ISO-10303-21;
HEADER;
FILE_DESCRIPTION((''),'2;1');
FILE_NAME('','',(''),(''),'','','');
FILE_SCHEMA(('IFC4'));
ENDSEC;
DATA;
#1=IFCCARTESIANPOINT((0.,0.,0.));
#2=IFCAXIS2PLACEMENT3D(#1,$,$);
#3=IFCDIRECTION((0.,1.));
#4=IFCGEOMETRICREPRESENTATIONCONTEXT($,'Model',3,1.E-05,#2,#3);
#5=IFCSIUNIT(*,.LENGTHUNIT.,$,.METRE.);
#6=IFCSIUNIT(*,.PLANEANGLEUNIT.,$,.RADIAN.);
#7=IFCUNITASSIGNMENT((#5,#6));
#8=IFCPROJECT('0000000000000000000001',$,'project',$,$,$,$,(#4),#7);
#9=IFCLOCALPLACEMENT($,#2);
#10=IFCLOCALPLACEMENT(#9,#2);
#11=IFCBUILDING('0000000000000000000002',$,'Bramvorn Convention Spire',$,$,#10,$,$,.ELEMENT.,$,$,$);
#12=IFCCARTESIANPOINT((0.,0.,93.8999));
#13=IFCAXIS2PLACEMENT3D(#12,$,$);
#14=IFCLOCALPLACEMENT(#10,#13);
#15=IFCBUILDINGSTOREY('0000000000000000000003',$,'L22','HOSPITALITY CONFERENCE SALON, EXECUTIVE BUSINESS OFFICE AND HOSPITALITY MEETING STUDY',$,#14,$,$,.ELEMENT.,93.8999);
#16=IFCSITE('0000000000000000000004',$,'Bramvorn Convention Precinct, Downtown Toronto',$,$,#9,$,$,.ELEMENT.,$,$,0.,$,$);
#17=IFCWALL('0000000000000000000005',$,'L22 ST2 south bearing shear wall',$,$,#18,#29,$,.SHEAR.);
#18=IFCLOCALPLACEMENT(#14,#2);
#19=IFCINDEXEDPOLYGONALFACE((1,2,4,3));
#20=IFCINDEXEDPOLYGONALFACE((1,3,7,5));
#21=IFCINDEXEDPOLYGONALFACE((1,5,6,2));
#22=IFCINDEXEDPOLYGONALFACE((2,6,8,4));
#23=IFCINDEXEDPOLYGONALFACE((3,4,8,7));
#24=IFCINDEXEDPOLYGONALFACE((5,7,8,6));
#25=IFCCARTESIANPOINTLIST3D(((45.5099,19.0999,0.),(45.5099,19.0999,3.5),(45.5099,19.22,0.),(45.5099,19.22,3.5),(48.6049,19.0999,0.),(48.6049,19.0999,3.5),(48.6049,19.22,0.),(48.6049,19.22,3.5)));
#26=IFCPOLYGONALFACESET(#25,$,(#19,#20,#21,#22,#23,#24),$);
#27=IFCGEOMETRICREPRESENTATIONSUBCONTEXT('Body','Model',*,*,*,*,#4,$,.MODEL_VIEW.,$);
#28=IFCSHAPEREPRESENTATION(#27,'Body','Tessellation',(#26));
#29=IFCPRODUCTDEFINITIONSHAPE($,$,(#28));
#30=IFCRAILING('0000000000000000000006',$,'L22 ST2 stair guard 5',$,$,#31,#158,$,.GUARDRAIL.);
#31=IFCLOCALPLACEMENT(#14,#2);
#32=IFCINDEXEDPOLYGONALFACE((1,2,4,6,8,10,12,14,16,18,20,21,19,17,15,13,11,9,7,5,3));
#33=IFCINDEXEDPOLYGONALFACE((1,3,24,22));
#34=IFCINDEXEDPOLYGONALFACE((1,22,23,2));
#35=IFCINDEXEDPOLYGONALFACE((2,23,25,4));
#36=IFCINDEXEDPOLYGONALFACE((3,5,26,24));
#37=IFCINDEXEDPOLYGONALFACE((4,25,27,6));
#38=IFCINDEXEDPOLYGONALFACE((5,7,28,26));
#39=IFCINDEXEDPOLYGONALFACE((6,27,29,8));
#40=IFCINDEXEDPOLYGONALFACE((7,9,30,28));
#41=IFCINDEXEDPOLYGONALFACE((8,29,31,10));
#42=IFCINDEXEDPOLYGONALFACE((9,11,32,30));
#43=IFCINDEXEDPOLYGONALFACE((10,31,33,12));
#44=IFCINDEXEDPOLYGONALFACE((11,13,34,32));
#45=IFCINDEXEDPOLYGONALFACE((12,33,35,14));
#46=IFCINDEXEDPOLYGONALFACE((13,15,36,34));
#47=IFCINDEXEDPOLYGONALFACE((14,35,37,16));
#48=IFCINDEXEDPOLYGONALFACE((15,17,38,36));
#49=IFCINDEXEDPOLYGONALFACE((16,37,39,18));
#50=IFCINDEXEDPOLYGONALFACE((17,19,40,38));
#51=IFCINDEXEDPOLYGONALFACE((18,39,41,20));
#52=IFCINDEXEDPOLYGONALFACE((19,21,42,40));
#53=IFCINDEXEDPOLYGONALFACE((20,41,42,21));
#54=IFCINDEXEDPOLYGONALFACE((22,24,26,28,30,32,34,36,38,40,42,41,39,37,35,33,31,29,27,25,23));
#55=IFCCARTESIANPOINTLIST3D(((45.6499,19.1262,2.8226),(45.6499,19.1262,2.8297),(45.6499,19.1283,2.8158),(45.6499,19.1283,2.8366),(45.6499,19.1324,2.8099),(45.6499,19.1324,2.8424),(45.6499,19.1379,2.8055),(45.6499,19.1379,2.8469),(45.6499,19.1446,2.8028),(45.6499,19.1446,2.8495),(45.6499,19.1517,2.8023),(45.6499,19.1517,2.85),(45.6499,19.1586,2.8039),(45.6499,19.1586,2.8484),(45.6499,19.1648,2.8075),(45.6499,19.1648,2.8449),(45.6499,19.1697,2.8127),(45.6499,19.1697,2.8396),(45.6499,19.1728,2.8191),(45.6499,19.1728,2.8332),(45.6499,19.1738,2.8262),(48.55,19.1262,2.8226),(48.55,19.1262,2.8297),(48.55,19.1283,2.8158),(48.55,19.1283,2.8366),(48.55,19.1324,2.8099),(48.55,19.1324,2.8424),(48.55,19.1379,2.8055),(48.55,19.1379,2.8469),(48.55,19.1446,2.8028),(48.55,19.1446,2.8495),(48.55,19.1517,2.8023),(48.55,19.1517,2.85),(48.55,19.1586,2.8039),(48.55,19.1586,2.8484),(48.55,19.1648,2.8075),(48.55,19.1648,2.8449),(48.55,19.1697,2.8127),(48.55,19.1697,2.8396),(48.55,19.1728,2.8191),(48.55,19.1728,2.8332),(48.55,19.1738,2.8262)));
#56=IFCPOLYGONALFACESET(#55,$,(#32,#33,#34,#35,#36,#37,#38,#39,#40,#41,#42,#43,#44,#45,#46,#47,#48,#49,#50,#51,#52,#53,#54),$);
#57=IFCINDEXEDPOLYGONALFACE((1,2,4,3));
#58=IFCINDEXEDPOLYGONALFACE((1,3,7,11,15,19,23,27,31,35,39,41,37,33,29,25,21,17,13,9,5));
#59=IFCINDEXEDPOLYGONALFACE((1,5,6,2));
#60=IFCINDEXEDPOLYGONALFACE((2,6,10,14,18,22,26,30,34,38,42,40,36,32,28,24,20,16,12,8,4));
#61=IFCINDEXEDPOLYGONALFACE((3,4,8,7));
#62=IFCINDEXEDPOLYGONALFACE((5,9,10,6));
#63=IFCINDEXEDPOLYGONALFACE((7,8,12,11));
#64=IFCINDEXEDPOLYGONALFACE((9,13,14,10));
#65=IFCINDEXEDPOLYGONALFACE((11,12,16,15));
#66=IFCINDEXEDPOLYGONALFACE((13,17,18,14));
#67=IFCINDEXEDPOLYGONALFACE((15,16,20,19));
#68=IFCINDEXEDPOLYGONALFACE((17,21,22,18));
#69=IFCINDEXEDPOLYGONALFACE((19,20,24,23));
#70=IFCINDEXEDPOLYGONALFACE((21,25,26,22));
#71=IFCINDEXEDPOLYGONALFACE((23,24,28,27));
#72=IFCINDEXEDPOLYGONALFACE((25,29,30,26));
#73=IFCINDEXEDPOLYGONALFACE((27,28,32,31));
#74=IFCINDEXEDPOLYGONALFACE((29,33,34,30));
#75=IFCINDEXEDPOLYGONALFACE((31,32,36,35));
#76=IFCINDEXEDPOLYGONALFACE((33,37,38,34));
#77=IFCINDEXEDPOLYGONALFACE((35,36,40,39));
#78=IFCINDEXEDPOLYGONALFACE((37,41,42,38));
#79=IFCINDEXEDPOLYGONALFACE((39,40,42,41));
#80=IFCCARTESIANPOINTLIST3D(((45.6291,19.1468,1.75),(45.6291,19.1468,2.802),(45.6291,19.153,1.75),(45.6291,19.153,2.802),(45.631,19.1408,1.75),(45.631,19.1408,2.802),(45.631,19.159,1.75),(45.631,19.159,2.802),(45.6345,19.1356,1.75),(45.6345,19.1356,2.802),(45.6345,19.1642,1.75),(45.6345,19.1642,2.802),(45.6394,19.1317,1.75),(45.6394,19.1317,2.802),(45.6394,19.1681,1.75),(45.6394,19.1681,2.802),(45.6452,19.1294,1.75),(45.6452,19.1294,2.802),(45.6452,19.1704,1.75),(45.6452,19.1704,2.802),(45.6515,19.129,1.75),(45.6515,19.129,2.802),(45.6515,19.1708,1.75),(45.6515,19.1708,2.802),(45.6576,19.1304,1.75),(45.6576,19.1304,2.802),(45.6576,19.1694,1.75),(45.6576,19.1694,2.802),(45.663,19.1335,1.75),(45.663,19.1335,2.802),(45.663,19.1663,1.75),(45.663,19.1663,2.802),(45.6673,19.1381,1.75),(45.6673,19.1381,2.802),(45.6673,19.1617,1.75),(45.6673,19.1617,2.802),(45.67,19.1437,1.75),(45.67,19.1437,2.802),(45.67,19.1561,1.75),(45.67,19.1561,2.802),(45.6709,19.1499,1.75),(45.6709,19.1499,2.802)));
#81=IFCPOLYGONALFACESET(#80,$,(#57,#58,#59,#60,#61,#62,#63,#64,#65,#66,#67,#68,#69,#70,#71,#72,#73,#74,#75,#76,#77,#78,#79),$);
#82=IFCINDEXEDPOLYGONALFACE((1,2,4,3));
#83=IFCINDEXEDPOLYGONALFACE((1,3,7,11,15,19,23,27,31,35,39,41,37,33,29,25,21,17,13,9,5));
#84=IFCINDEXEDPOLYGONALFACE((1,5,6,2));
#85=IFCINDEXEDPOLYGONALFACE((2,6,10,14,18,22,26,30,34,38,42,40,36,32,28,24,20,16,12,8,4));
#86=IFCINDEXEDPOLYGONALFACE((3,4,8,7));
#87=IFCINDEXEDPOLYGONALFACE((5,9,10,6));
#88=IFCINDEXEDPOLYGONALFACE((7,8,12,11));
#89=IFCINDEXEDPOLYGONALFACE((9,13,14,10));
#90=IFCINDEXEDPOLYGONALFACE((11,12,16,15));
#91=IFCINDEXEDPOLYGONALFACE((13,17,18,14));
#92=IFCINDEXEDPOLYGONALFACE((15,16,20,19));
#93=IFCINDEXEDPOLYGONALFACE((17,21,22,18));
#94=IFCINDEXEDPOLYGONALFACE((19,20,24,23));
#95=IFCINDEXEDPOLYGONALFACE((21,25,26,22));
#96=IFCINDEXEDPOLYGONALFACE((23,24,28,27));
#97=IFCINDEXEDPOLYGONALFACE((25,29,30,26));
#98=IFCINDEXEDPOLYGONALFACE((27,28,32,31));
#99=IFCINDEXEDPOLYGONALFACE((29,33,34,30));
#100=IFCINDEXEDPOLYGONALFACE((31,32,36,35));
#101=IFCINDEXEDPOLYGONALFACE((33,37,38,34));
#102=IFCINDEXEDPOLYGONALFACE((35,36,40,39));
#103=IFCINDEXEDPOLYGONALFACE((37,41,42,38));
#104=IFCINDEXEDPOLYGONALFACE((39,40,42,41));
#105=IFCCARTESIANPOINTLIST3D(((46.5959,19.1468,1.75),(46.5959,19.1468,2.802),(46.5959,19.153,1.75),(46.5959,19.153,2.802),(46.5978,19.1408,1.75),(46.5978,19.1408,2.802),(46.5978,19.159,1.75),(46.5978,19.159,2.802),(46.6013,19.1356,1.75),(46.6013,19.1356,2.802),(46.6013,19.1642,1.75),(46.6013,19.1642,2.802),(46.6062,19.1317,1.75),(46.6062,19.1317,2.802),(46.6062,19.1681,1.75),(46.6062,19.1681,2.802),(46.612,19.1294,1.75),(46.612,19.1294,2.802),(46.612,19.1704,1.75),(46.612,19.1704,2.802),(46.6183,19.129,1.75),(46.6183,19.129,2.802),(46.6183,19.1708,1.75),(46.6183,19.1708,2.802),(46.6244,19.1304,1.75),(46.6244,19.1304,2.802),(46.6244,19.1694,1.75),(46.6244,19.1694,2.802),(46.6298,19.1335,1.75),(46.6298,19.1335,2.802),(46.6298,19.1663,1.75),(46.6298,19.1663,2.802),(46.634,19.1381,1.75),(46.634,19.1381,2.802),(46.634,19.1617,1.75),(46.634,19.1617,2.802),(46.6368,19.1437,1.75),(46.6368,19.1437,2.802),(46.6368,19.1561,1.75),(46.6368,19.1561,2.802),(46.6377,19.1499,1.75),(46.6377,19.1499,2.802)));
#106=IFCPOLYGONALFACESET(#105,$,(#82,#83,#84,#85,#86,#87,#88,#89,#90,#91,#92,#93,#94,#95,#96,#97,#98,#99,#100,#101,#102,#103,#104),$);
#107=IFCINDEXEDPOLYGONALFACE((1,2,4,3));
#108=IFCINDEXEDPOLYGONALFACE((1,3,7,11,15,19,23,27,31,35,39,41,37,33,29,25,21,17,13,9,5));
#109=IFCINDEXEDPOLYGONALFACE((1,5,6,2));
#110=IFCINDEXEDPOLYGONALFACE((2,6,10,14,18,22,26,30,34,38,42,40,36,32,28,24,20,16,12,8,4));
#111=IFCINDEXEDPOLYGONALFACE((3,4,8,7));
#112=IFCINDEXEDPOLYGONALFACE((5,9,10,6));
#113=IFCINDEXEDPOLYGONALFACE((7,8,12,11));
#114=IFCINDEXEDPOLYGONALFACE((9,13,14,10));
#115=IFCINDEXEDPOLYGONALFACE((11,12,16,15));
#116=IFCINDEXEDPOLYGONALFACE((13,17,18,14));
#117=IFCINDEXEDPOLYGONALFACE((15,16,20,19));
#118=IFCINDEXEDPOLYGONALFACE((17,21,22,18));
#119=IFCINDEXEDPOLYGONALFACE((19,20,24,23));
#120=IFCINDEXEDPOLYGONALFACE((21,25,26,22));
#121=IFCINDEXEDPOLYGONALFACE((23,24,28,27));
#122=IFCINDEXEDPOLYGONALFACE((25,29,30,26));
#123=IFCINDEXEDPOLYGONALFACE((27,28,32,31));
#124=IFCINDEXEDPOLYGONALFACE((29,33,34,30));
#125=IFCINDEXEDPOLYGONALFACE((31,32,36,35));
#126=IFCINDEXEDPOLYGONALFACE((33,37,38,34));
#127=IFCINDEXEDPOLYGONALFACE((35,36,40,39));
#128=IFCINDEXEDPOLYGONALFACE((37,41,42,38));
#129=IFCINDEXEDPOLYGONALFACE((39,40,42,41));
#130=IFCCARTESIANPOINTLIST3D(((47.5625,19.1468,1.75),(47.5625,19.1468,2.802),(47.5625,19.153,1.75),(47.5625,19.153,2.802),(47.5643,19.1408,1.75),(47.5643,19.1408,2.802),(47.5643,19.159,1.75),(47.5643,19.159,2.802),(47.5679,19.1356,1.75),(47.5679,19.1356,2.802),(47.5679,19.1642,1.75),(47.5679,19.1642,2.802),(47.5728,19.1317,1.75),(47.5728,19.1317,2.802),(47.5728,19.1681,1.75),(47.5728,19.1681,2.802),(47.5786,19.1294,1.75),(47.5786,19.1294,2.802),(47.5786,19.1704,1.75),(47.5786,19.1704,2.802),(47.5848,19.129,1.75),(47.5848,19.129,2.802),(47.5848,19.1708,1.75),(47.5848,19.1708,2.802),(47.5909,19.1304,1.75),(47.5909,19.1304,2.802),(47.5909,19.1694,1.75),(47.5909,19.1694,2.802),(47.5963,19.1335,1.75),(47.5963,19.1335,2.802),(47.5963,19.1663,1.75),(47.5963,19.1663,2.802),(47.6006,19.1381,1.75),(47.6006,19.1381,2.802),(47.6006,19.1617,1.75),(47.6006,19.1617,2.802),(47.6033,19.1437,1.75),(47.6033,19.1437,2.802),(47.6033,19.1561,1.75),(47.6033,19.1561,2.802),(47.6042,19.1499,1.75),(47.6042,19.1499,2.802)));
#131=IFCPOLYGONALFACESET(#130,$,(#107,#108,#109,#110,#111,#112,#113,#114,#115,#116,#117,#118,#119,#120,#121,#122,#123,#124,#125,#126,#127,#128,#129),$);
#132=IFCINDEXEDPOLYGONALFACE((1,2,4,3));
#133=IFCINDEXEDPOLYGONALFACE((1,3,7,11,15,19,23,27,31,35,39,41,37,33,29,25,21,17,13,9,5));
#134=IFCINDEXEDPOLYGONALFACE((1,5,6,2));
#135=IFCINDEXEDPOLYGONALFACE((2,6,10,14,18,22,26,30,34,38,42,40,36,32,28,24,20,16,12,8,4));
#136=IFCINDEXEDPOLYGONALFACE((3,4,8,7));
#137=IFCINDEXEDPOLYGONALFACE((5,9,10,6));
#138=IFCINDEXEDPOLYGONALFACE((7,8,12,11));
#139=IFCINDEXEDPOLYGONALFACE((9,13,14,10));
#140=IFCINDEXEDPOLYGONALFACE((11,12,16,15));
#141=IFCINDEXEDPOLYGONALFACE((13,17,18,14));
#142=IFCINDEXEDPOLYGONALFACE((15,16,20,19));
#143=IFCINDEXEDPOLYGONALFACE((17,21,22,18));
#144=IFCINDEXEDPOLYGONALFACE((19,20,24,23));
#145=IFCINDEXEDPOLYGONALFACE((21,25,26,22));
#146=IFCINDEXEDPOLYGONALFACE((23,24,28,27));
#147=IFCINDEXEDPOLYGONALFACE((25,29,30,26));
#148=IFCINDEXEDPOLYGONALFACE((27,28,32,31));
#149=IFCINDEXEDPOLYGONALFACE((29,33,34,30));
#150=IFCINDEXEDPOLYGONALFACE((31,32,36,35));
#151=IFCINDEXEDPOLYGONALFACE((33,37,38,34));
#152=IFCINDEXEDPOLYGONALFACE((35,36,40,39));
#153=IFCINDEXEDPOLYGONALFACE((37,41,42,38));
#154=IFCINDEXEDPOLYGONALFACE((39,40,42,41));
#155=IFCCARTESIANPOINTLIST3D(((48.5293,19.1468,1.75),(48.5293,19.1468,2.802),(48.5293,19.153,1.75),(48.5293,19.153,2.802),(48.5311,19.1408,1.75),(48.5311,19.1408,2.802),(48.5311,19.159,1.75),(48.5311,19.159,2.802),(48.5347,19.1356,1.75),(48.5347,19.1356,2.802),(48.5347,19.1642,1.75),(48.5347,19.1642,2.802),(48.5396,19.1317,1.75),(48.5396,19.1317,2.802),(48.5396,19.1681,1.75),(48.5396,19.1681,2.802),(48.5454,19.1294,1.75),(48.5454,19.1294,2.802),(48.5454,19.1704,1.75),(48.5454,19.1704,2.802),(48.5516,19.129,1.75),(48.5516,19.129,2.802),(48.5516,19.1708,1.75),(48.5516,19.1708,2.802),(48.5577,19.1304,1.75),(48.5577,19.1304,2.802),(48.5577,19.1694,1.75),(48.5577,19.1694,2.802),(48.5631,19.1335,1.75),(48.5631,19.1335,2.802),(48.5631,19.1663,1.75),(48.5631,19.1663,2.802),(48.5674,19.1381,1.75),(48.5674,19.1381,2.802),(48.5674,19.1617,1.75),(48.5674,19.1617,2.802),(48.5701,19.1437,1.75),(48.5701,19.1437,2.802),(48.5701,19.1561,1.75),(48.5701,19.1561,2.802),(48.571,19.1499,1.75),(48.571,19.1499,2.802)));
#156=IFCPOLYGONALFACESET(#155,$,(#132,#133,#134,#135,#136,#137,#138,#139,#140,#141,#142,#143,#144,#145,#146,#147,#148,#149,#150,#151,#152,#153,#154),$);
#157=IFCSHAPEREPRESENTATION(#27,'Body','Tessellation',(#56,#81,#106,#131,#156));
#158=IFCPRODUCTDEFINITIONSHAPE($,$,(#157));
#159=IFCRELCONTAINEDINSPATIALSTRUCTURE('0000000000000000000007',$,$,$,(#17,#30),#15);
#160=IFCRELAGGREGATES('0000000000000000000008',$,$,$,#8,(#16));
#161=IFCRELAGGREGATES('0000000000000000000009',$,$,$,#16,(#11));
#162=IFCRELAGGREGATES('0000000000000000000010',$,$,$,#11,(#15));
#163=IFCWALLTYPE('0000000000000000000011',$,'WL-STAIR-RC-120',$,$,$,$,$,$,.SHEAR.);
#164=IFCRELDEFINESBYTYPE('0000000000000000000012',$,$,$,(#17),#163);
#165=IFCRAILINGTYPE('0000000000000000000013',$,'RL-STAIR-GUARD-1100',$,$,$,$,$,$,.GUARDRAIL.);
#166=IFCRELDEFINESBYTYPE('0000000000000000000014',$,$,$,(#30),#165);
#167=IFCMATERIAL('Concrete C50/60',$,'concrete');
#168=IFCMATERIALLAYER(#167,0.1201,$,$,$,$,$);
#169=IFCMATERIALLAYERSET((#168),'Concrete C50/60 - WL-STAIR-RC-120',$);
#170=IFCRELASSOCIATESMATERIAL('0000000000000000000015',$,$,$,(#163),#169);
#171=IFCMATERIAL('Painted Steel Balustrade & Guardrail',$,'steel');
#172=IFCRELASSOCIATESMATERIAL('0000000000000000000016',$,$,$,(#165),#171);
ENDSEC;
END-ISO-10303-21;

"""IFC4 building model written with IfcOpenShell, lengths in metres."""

from ifc_helpers import new_model, si_unit, direction, frame, frame_2d, origin, origin_2d, place, context, subcontext, project, spatial, rectangle, circle, extrude, material, layer, layer_set, type_object, element, save


model = new_model("IFC4")

# Units and contexts
model_context = context("Model", 3, precision=1e-05, world=origin(), true_north=direction((0.0, 1.0)))
body_context = subcontext(model_context, "Body", "Model", "MODEL_VIEW")
ifc_project = project(units=[si_unit("LENGTHUNIT", "METRE"), si_unit("PLANEANGLEUNIT", "RADIAN")], contexts=[model_context])

# Site, building, storey
site_placement = place(None, origin())
site = spatial("IfcSite", under=ifc_project, at=site_placement, Name="Bramvorn Convention Precinct, Downtown Toronto", CompositionType="ELEMENT", RefElevation=0.0)
building_placement = place(site_placement, origin())
building = spatial("IfcBuilding", under=site, at=building_placement, Name="Bramvorn Convention Spire", CompositionType="ELEMENT")
storey_placement = place(building_placement, frame((0.0, 0.0, 93.8999)))
storey = spatial("IfcBuildingStorey", under=building, at=storey_placement, Name="L22", Description="HOSPITALITY CONFERENCE SALON, EXECUTIVE BUSINESS OFFICE AND HOSPITALITY MEETING STUDY", CompositionType="ELEMENT", Elevation=93.8999)

# Shared definitions
ifc_material_1 = material(Name="Concrete C50/60", Category="concrete")

# Wall
ifc_layer_1 = layer(ifc_material_1, 0.1201)
ifc_layer_set_1 = layer_set([ifc_layer_1], Name="Concrete C50/60 - WL-STAIR-RC-120")
wall_type_1 = type_object("IfcWallType", Name="WL-STAIR-RC-120", PredefinedType="SHEAR", material=ifc_layer_set_1)
wall_1_placement = place(storey_placement, frame((45.51, 19.1599, 0.0), z_axis=(0.0, 0.0, 1.0), x_axis=(1.0, 0.0, 0.0)))
element("IfcWall", 1, at=wall_1_placement, inside=storey, type_object=wall_type_1, Name="L22 ST2 south bearing shear wall", PredefinedType="SHEAR", context=body_context, shape_type="SweptSolid", body=[
    extrude(rectangle(XDim=3.095, YDim=0.1201, at=frame_2d((1.5474, 0.0))), origin(), (0.0, 0.0, 1.0), 3.5),
])

# Railing
ifc_material_2 = material(Name="Painted Steel Balustrade & Guardrail", Category="steel")
railing_type = type_object("IfcRailingType", Name="RL-STAIR-GUARD-1100", PredefinedType="GUARDRAIL", material=ifc_material_2)
railing_1_placement = place(storey_placement, frame((45.6499, 19.1499, 1.75)))
element("IfcRailing", 2, at=railing_1_placement, inside=storey, type_object=railing_type, Name="L22 ST2 stair guard 5", PredefinedType="GUARDRAIL", context=body_context, shape_type="SweptSolid", body=[
    extrude(circle(Radius=0.0239, at=origin_2d()), frame((0.0, 0.0, 1.0762), z_axis=(1.0, 0.0, 0.0), x_axis=(0.0, 1.0, 0.0)), (0.0, 0.0, 1.0), 2.9001),
    extrude(circle(Radius=0.021, at=origin_2d()), origin(), (0.0, 0.0, 1.0), 1.052),
    extrude(circle(Radius=0.021, at=origin_2d()), frame((0.9668, 0.0, 0.0)), (0.0, 0.0, 1.0), 1.052),
    extrude(circle(Radius=0.021, at=origin_2d()), frame((1.9333, 0.0, 0.0)), (0.0, 0.0, 1.0), 1.052),
    extrude(circle(Radius=0.021, at=origin_2d()), frame((2.9001, 0.0, 0.0)), (0.0, 0.0, 1.0), 1.052),
])

save(model, "model.ifc")
